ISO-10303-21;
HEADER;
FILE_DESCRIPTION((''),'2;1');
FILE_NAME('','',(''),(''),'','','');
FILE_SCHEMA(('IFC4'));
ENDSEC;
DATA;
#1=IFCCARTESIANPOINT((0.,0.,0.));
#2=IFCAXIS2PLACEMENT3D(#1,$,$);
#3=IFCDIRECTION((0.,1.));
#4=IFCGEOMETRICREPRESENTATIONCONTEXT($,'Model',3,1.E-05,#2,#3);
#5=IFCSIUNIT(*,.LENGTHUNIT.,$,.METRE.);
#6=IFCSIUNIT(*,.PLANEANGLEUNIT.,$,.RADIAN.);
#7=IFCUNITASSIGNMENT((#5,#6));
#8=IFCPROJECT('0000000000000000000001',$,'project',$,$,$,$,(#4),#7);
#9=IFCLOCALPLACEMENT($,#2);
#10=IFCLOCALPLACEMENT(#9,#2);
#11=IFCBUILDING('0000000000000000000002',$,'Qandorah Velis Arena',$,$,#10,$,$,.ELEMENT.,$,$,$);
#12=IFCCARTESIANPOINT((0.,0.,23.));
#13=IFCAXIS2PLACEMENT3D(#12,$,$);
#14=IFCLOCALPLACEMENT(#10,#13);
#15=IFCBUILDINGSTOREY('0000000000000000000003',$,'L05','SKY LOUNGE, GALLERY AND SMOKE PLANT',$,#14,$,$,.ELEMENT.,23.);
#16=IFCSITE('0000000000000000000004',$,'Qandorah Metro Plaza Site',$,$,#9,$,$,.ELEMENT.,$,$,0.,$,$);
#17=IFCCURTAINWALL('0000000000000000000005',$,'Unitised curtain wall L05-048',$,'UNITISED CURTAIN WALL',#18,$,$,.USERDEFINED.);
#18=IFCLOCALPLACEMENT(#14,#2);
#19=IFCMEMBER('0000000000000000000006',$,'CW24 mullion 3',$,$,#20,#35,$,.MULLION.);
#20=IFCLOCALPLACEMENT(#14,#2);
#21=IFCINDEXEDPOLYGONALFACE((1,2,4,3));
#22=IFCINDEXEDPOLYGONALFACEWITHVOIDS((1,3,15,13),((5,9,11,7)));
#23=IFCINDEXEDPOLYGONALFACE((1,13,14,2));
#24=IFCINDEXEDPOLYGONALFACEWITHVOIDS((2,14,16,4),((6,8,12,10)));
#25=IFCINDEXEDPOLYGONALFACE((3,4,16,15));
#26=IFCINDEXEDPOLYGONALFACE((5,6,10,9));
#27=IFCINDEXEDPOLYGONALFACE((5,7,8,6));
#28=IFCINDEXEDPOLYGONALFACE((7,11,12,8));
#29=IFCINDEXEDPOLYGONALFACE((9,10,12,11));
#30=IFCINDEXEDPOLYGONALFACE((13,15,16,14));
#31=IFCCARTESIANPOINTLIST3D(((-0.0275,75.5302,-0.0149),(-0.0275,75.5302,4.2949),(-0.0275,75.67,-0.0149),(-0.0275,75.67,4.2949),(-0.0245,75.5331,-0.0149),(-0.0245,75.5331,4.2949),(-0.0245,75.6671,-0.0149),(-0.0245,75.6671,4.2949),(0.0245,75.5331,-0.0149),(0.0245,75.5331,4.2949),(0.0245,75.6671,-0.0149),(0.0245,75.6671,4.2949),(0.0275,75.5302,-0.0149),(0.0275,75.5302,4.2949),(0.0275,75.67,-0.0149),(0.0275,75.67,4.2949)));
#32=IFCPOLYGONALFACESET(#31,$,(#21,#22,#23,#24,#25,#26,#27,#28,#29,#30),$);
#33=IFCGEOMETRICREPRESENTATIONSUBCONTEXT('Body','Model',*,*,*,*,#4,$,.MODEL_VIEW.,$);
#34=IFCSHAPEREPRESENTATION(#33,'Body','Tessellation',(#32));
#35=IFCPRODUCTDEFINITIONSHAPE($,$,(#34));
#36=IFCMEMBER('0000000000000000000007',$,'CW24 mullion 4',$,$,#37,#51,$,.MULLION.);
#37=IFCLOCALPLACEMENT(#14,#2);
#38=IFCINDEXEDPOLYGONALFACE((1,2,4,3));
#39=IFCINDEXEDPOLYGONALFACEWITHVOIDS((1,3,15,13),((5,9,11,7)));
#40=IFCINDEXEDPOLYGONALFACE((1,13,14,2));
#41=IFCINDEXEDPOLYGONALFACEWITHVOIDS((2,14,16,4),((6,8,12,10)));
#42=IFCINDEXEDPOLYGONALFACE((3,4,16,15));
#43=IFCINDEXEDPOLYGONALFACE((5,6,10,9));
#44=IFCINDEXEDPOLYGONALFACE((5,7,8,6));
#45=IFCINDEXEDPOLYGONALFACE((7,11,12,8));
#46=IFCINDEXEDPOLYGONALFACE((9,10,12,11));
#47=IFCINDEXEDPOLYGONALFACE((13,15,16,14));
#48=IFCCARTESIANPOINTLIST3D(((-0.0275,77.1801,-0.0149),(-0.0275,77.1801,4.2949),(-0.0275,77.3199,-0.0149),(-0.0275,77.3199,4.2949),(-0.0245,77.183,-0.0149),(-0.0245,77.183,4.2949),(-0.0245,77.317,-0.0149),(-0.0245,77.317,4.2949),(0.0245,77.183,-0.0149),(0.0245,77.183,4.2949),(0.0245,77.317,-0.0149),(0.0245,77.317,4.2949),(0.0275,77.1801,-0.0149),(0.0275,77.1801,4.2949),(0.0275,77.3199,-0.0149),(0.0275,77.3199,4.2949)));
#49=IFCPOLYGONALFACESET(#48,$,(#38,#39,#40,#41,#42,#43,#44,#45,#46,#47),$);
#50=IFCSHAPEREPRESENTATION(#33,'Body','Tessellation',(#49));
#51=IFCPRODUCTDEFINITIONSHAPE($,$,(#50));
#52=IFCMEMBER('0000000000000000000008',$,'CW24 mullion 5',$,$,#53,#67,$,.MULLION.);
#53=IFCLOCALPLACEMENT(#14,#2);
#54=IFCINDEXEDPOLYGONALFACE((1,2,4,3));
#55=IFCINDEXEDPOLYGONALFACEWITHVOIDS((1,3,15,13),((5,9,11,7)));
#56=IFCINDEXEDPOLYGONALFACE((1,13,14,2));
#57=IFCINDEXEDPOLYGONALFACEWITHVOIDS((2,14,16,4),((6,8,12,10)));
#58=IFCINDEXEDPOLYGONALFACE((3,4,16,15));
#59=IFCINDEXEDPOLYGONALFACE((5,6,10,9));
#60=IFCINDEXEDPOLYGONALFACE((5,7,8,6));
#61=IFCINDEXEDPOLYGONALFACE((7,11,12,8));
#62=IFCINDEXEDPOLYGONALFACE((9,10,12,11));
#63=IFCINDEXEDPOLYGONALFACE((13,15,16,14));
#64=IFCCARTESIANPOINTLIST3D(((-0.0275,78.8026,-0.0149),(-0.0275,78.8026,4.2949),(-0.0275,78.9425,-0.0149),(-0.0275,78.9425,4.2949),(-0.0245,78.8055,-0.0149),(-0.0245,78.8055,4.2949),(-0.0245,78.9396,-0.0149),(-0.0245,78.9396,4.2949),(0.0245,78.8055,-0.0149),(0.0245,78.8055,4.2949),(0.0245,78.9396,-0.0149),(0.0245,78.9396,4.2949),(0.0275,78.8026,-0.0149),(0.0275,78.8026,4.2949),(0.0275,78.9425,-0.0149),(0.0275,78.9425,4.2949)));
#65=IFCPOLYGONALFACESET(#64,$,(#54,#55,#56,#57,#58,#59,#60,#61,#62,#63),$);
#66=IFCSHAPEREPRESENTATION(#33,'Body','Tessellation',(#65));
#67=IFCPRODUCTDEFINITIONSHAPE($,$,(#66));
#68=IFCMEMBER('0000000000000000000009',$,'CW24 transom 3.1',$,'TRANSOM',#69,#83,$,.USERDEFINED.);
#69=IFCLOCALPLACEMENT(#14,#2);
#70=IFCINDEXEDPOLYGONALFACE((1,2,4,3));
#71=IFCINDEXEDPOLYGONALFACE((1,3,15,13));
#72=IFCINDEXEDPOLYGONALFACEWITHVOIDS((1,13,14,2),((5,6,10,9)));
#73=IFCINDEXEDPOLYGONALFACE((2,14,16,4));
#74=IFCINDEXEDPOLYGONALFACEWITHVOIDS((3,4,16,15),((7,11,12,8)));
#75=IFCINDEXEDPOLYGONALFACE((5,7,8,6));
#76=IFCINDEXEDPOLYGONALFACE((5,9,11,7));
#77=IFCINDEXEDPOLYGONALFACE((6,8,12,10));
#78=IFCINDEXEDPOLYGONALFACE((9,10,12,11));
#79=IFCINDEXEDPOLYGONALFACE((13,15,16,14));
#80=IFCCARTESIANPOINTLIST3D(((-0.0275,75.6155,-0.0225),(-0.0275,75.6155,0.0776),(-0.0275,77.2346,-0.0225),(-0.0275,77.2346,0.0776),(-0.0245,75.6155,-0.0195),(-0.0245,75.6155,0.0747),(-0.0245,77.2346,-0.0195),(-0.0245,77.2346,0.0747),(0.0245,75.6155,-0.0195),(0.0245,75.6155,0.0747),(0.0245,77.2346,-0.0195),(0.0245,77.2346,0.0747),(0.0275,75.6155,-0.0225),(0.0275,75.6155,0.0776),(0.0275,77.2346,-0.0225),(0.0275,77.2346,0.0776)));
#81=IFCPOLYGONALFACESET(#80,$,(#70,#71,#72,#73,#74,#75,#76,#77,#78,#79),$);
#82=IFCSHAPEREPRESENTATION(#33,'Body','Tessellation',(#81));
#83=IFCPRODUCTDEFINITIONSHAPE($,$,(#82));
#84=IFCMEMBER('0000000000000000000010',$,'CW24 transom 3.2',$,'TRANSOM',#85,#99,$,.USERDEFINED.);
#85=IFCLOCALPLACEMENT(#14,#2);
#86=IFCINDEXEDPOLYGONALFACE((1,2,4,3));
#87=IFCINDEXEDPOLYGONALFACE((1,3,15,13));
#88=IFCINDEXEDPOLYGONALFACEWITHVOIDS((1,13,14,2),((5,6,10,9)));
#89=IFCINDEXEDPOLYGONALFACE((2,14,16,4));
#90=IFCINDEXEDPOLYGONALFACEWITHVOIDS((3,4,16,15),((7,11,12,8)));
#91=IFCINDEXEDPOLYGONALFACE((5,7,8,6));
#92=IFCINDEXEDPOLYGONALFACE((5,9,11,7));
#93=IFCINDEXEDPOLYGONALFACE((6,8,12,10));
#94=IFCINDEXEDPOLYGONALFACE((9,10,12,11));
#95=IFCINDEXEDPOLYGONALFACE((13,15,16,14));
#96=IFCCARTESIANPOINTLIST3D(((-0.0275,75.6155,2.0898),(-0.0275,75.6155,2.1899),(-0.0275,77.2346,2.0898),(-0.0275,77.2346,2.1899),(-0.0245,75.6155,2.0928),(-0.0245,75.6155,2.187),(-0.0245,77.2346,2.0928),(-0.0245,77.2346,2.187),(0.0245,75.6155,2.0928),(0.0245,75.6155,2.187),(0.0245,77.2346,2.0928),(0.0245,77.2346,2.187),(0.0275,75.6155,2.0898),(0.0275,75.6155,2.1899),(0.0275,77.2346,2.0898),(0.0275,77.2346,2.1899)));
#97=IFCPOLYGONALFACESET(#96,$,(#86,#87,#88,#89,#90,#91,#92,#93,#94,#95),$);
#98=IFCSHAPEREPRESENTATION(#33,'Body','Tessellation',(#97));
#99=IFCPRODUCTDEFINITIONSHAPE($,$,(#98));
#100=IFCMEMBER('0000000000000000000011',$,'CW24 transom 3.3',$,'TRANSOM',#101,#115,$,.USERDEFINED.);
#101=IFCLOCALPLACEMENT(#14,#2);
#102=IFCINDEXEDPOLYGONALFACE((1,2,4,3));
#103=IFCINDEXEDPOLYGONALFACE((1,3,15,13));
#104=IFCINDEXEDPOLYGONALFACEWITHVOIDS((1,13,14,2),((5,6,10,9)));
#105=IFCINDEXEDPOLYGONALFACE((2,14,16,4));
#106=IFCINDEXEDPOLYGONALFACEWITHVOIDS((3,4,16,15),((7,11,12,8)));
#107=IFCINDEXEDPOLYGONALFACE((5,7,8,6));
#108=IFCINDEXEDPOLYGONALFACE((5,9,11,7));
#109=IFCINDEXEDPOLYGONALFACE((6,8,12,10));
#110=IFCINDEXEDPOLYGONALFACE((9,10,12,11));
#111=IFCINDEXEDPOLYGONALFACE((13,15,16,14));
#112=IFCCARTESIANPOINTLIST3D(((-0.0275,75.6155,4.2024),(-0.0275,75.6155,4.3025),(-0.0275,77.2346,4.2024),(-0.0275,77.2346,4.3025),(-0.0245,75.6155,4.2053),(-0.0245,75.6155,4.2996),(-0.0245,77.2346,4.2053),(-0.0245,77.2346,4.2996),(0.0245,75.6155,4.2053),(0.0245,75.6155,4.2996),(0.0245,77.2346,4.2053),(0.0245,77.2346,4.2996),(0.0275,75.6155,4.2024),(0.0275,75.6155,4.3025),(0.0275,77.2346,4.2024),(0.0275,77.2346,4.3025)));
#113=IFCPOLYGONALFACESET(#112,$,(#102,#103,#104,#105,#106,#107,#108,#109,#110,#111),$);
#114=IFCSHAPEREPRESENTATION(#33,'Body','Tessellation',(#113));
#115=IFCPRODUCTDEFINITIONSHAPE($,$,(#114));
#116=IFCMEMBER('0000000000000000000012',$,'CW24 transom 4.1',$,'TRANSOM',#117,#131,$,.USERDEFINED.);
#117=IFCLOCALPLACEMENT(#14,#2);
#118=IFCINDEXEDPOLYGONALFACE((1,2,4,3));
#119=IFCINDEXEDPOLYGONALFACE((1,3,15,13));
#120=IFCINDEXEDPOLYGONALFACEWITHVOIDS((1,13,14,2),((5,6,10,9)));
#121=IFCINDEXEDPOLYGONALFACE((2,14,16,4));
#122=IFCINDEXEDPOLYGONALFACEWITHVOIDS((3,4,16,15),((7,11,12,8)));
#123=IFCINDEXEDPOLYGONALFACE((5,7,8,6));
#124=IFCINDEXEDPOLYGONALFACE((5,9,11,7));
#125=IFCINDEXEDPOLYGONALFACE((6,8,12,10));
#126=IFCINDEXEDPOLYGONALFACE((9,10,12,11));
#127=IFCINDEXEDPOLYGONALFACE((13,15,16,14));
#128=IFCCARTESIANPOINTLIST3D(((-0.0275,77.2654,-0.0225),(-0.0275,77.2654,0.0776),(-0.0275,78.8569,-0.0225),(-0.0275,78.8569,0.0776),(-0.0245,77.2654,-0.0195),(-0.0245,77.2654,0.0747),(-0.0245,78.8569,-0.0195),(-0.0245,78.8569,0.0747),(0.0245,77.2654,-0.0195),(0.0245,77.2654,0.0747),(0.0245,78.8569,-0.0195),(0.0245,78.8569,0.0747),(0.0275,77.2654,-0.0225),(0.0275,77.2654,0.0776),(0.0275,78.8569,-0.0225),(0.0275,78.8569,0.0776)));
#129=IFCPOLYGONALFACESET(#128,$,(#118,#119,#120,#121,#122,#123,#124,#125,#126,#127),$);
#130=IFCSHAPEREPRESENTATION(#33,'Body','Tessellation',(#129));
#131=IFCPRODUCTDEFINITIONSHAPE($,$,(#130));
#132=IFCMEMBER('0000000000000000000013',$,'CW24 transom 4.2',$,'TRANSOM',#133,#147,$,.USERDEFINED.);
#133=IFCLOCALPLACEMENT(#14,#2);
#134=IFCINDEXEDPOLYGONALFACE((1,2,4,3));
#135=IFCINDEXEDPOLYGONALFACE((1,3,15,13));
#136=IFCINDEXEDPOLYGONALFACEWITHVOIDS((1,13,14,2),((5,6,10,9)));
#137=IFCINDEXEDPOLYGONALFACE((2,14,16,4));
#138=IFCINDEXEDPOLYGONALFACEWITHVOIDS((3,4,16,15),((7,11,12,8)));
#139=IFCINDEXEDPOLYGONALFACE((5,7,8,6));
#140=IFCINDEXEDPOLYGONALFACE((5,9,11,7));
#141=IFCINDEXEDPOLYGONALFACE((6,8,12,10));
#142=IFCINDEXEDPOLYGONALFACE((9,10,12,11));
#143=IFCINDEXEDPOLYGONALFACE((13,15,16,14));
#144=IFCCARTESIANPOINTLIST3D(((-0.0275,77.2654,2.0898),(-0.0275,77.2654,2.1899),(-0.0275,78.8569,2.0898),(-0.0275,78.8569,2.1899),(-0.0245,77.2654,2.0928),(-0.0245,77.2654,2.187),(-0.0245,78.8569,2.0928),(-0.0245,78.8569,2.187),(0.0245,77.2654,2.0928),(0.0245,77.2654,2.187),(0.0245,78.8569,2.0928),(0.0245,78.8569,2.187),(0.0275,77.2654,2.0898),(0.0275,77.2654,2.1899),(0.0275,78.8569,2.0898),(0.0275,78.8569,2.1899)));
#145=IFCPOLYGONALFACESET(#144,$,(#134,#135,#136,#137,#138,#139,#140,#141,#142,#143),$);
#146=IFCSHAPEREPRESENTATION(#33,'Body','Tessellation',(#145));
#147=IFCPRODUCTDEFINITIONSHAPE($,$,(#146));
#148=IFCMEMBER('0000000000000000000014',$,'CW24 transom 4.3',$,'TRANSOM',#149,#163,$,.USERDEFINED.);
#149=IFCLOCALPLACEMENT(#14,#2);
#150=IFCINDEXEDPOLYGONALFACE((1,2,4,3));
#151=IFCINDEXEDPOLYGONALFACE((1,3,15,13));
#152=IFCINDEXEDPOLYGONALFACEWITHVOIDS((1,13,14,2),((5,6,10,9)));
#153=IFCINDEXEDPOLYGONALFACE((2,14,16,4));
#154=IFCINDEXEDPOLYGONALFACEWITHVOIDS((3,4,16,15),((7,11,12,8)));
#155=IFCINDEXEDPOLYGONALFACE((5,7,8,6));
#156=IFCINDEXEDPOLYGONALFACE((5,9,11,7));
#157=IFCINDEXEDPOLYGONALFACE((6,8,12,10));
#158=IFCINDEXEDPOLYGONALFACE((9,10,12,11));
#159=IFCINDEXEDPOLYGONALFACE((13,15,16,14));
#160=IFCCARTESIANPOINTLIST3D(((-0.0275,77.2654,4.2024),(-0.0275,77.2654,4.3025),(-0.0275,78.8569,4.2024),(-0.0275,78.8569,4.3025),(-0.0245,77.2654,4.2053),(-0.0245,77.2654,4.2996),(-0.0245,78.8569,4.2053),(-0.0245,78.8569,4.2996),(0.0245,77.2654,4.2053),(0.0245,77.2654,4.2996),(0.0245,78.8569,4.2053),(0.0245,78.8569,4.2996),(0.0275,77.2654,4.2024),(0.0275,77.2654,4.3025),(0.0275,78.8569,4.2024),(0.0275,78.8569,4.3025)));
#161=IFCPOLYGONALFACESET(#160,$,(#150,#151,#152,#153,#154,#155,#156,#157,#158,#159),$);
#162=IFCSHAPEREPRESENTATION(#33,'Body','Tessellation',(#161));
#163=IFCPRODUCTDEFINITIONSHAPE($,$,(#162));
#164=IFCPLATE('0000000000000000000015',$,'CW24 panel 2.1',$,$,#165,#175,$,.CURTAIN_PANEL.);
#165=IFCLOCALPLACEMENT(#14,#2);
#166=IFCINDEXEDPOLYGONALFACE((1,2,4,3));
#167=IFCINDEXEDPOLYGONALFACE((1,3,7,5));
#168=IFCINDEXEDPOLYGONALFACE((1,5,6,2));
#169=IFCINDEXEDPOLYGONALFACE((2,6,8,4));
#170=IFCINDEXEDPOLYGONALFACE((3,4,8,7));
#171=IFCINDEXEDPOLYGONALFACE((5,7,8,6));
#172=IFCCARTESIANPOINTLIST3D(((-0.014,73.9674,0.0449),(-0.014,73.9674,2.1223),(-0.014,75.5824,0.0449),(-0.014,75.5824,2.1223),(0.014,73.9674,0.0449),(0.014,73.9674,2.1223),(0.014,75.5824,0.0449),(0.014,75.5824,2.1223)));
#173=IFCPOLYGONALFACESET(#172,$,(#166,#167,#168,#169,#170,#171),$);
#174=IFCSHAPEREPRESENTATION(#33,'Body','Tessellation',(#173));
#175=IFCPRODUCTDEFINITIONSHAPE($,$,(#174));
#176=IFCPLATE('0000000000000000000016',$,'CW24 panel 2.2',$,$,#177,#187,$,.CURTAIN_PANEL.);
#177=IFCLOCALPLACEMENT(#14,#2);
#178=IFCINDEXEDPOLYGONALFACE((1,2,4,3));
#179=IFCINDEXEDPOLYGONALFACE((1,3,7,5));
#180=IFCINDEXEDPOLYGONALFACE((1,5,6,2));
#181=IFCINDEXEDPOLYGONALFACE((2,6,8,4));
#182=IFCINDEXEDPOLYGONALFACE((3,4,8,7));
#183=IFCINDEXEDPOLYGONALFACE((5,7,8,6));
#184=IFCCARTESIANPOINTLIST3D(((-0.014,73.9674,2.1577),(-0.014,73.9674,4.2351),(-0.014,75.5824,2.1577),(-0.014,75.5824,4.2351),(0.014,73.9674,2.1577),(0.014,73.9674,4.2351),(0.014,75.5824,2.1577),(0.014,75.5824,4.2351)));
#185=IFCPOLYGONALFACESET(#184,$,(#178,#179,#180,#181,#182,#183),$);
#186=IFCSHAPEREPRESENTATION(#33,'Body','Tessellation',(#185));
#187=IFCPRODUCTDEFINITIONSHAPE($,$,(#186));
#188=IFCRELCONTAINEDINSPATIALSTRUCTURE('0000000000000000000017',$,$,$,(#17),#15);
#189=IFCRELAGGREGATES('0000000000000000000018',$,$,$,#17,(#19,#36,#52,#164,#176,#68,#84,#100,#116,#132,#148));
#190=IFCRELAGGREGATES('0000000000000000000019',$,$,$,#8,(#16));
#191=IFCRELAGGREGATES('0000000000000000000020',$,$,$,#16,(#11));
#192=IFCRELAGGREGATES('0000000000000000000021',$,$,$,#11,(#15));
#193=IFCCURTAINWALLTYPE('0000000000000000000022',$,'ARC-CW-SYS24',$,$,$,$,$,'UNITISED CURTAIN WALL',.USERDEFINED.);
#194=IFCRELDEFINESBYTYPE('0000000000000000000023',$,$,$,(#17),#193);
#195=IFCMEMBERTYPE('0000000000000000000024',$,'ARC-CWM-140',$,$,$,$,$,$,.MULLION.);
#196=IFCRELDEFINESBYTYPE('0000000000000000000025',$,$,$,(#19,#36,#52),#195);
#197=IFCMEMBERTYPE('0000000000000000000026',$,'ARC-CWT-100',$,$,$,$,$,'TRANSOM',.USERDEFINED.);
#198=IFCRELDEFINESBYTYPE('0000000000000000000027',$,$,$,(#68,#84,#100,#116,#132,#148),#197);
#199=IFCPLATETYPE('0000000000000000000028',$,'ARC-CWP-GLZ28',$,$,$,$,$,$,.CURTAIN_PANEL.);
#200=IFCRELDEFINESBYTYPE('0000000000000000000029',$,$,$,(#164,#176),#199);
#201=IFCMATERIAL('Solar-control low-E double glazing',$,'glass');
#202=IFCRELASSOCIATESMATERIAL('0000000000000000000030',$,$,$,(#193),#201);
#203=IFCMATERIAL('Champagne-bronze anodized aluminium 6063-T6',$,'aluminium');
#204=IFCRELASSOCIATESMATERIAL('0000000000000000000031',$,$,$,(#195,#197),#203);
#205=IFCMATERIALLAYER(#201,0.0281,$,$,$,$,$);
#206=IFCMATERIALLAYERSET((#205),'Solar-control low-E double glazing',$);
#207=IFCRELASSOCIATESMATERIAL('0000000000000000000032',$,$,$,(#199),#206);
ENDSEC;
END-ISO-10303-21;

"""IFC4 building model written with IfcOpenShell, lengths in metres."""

from ifc_helpers import new_model, si_unit, direction, frame, origin, origin_2d, place, context, subcontext, project, spatial, rectangle, hollow_rectangle, extrude, material, layer, layer_set, material_profile, profile_set, type_object, element, aggregate, save


model = new_model("IFC4")

# Units and contexts
model_context = context("Model", 3, precision=1e-05, world=origin(), true_north=direction((0.0, 1.0)))
body_context = subcontext(model_context, "Body", "Model", "MODEL_VIEW")
ifc_project = project(units=[si_unit("LENGTHUNIT", "METRE"), si_unit("PLANEANGLEUNIT", "RADIAN")], contexts=[model_context])

# Site, building, storey
site_placement = place(None, origin())
site = spatial("IfcSite", under=ifc_project, at=site_placement, Name="Qandorah Metro Plaza Site", CompositionType="ELEMENT", RefElevation=0.0)
building_placement = place(site_placement, origin())
building = spatial("IfcBuilding", under=site, at=building_placement, Name="Qandorah Velis Arena", CompositionType="ELEMENT")
storey_placement = place(building_placement, frame((0.0, 0.0, 23.0)))
storey = spatial("IfcBuildingStorey", under=building, at=storey_placement, Name="L05", Description="SKY LOUNGE, GALLERY AND SMOKE PLANT", CompositionType="ELEMENT", Elevation=23.0)

# Curtain wall, members, plates
ifc_material_1 = material(Name="Solar-control low-E double glazing", Category="glass")
curtain_wall_type = type_object("IfcCurtainWallType", Name="ARC-CW-SYS24", ElementType="UNITISED CURTAIN WALL", PredefinedType="USERDEFINED", material=ifc_material_1)
curtain_wall_placement = place(storey_placement, origin())
curtain_wall = element("IfcCurtainWall", 1, at=curtain_wall_placement, inside=storey, type_object=curtain_wall_type, Name="Unitised curtain wall L05-048", ObjectType="UNITISED CURTAIN WALL", PredefinedType="USERDEFINED")
ifc_material_2 = material(Name="Champagne-bronze anodized aluminium 6063-T6", Category="aluminium")
ifc_material_profile_1 = material_profile(ifc_material_2, hollow_rectangle(XDim=0.0549, YDim=0.1399, WallThickness=0.0029, at=origin_2d()), Name="ALU MULLION 55x140")
ifc_profile_set_1 = profile_set([ifc_material_profile_1], Name="Champagne-bronze anodized aluminium 6063-T6")
member_type_1 = type_object("IfcMemberType", Name="ARC-CWM-140", PredefinedType="MULLION", material=ifc_profile_set_1)
member_1_placement = place(storey_placement, frame((0.0, 75.6001, -0.0149), z_axis=(0.0, 0.0, 1.0), x_axis=(-1.0, 0.0, 0.0)))
member_1 = element("IfcMember", 2, at=member_1_placement, type_object=member_type_1, Name="CW24 mullion 3", PredefinedType="MULLION", context=body_context, shape_type="SweptSolid", body=[
    extrude(hollow_rectangle(XDim=0.0549, YDim=0.1399, WallThickness=0.0029, at=origin_2d()), origin(), (0.0, 0.0, 1.0), 4.3098),
])
member_2_placement = place(storey_placement, frame((0.0, 77.25, -0.0149), z_axis=(0.0, 0.0, 1.0), x_axis=(-1.0, 0.0, 0.0)))
member_2 = element("IfcMember", 3, at=member_2_placement, type_object=member_type_1, Name="CW24 mullion 4", PredefinedType="MULLION", context=body_context, shape_type="SweptSolid", body=[
    extrude(hollow_rectangle(XDim=0.0549, YDim=0.1399, WallThickness=0.0029, at=origin_2d()), origin(), (0.0, 0.0, 1.0), 4.3098),
])
member_3_placement = place(storey_placement, frame((0.0, 78.8726, -0.0149), z_axis=(0.0, 0.0, 1.0), x_axis=(-1.0, 0.0, 0.0)))
member_3 = element("IfcMember", 4, at=member_3_placement, type_object=member_type_1, Name="CW24 mullion 5", PredefinedType="MULLION", context=body_context, shape_type="SweptSolid", body=[
    extrude(hollow_rectangle(XDim=0.0549, YDim=0.1399, WallThickness=0.0029, at=origin_2d()), origin(), (0.0, 0.0, 1.0), 4.3098),
])
ifc_material_profile_2 = material_profile(ifc_material_2, hollow_rectangle(XDim=0.0549, YDim=0.1001, WallThickness=0.0029, at=origin_2d()), Name="ALU TRANSOM 55x100")
ifc_profile_set_2 = profile_set([ifc_material_profile_2], Name="Champagne-bronze anodized aluminium 6063-T6")
member_type_2 = type_object("IfcMemberType", Name="ARC-CWT-100", ElementType="TRANSOM", PredefinedType="USERDEFINED", material=ifc_profile_set_2)
member_4_placement = place(storey_placement, frame((0.0, 75.6155, 0.0276), z_axis=(0.0, 1.0, 0.0), x_axis=(-1.0, 0.0, 0.0)))
member_4 = element("IfcMember", 5, at=member_4_placement, type_object=member_type_2, Name="CW24 transom 3.1", ObjectType="TRANSOM", PredefinedType="USERDEFINED", context=body_context, shape_type="SweptSolid", body=[
    extrude(hollow_rectangle(XDim=0.0549, YDim=0.1001, WallThickness=0.0029, at=origin_2d()), origin(), (0.0, 0.0, 1.0), 1.6191),
])
member_5_placement = place(storey_placement, frame((0.0, 75.6155, 2.1399), z_axis=(0.0, 1.0, 0.0), x_axis=(-1.0, 0.0, 0.0)))
member_5 = element("IfcMember", 6, at=member_5_placement, type_object=member_type_2, Name="CW24 transom 3.2", ObjectType="TRANSOM", PredefinedType="USERDEFINED", context=body_context, shape_type="SweptSolid", body=[
    extrude(hollow_rectangle(XDim=0.0549, YDim=0.1001, WallThickness=0.0029, at=origin_2d()), origin(), (0.0, 0.0, 1.0), 1.6191),
])
member_6_placement = place(storey_placement, frame((0.0, 75.6155, 4.2524), z_axis=(0.0, 1.0, 0.0), x_axis=(-1.0, 0.0, 0.0)))
member_6 = element("IfcMember", 7, at=member_6_placement, type_object=member_type_2, Name="CW24 transom 3.3", ObjectType="TRANSOM", PredefinedType="USERDEFINED", context=body_context, shape_type="SweptSolid", body=[
    extrude(hollow_rectangle(XDim=0.0549, YDim=0.1001, WallThickness=0.0029, at=origin_2d()), origin(), (0.0, 0.0, 1.0), 1.6191),
])
member_7_placement = place(storey_placement, frame((0.0, 77.2654, 0.0276), z_axis=(0.0, 1.0, 0.0), x_axis=(-1.0, 0.0, 0.0)))
member_7 = element("IfcMember", 8, at=member_7_placement, type_object=member_type_2, Name="CW24 transom 4.1", ObjectType="TRANSOM", PredefinedType="USERDEFINED", context=body_context, shape_type="SweptSolid", body=[
    extrude(hollow_rectangle(XDim=0.0549, YDim=0.1001, WallThickness=0.0029, at=origin_2d()), origin(), (0.0, 0.0, 1.0), 1.5916),
])
member_8_placement = place(storey_placement, frame((0.0, 77.2654, 2.1399), z_axis=(0.0, 1.0, 0.0), x_axis=(-1.0, 0.0, 0.0)))
member_8 = element("IfcMember", 9, at=member_8_placement, type_object=member_type_2, Name="CW24 transom 4.2", ObjectType="TRANSOM", PredefinedType="USERDEFINED", context=body_context, shape_type="SweptSolid", body=[
    extrude(hollow_rectangle(XDim=0.0549, YDim=0.1001, WallThickness=0.0029, at=origin_2d()), origin(), (0.0, 0.0, 1.0), 1.5916),
])
member_9_placement = place(storey_placement, frame((0.0, 77.2654, 4.2524), z_axis=(0.0, 1.0, 0.0), x_axis=(-1.0, 0.0, 0.0)))
member_9 = element("IfcMember", 10, at=member_9_placement, type_object=member_type_2, Name="CW24 transom 4.3", ObjectType="TRANSOM", PredefinedType="USERDEFINED", context=body_context, shape_type="SweptSolid", body=[
    extrude(hollow_rectangle(XDim=0.0549, YDim=0.1001, WallThickness=0.0029, at=origin_2d()), origin(), (0.0, 0.0, 1.0), 1.5916),
])
ifc_layer_1 = layer(ifc_material_1, 0.0281)
ifc_layer_set_1 = layer_set([ifc_layer_1], Name="Solar-control low-E double glazing")
plate_type = type_object("IfcPlateType", Name="ARC-CWP-GLZ28", PredefinedType="CURTAIN_PANEL", material=ifc_layer_set_1)
plate_1_placement = place(storey_placement, frame((0.0, 74.7749, 0.0449), z_axis=(0.0, 0.0, 1.0), x_axis=(0.0, 1.0, 0.0)))
plate_1 = element("IfcPlate", 11, at=plate_1_placement, type_object=plate_type, Name="CW24 panel 2.1", PredefinedType="CURTAIN_PANEL", context=body_context, shape_type="SweptSolid", body=[
    extrude(rectangle(XDim=1.615, YDim=0.0281, at=origin_2d()), origin(), (0.0, 0.0, 1.0), 2.0774),
])
plate_2_placement = place(storey_placement, frame((0.0, 74.7749, 2.1577), z_axis=(0.0, 0.0, 1.0), x_axis=(0.0, 1.0, 0.0)))
plate_2 = element("IfcPlate", 12, at=plate_2_placement, type_object=plate_type, Name="CW24 panel 2.2", PredefinedType="CURTAIN_PANEL", context=body_context, shape_type="SweptSolid", body=[
    extrude(rectangle(XDim=1.615, YDim=0.0281, at=origin_2d()), origin(), (0.0, 0.0, 1.0), 2.0774),
])
aggregate(curtain_wall, [member_1, member_2, member_3, plate_1, plate_2, member_4, member_5, member_6, member_7, member_8, member_9])

save(model, "model.ifc")
